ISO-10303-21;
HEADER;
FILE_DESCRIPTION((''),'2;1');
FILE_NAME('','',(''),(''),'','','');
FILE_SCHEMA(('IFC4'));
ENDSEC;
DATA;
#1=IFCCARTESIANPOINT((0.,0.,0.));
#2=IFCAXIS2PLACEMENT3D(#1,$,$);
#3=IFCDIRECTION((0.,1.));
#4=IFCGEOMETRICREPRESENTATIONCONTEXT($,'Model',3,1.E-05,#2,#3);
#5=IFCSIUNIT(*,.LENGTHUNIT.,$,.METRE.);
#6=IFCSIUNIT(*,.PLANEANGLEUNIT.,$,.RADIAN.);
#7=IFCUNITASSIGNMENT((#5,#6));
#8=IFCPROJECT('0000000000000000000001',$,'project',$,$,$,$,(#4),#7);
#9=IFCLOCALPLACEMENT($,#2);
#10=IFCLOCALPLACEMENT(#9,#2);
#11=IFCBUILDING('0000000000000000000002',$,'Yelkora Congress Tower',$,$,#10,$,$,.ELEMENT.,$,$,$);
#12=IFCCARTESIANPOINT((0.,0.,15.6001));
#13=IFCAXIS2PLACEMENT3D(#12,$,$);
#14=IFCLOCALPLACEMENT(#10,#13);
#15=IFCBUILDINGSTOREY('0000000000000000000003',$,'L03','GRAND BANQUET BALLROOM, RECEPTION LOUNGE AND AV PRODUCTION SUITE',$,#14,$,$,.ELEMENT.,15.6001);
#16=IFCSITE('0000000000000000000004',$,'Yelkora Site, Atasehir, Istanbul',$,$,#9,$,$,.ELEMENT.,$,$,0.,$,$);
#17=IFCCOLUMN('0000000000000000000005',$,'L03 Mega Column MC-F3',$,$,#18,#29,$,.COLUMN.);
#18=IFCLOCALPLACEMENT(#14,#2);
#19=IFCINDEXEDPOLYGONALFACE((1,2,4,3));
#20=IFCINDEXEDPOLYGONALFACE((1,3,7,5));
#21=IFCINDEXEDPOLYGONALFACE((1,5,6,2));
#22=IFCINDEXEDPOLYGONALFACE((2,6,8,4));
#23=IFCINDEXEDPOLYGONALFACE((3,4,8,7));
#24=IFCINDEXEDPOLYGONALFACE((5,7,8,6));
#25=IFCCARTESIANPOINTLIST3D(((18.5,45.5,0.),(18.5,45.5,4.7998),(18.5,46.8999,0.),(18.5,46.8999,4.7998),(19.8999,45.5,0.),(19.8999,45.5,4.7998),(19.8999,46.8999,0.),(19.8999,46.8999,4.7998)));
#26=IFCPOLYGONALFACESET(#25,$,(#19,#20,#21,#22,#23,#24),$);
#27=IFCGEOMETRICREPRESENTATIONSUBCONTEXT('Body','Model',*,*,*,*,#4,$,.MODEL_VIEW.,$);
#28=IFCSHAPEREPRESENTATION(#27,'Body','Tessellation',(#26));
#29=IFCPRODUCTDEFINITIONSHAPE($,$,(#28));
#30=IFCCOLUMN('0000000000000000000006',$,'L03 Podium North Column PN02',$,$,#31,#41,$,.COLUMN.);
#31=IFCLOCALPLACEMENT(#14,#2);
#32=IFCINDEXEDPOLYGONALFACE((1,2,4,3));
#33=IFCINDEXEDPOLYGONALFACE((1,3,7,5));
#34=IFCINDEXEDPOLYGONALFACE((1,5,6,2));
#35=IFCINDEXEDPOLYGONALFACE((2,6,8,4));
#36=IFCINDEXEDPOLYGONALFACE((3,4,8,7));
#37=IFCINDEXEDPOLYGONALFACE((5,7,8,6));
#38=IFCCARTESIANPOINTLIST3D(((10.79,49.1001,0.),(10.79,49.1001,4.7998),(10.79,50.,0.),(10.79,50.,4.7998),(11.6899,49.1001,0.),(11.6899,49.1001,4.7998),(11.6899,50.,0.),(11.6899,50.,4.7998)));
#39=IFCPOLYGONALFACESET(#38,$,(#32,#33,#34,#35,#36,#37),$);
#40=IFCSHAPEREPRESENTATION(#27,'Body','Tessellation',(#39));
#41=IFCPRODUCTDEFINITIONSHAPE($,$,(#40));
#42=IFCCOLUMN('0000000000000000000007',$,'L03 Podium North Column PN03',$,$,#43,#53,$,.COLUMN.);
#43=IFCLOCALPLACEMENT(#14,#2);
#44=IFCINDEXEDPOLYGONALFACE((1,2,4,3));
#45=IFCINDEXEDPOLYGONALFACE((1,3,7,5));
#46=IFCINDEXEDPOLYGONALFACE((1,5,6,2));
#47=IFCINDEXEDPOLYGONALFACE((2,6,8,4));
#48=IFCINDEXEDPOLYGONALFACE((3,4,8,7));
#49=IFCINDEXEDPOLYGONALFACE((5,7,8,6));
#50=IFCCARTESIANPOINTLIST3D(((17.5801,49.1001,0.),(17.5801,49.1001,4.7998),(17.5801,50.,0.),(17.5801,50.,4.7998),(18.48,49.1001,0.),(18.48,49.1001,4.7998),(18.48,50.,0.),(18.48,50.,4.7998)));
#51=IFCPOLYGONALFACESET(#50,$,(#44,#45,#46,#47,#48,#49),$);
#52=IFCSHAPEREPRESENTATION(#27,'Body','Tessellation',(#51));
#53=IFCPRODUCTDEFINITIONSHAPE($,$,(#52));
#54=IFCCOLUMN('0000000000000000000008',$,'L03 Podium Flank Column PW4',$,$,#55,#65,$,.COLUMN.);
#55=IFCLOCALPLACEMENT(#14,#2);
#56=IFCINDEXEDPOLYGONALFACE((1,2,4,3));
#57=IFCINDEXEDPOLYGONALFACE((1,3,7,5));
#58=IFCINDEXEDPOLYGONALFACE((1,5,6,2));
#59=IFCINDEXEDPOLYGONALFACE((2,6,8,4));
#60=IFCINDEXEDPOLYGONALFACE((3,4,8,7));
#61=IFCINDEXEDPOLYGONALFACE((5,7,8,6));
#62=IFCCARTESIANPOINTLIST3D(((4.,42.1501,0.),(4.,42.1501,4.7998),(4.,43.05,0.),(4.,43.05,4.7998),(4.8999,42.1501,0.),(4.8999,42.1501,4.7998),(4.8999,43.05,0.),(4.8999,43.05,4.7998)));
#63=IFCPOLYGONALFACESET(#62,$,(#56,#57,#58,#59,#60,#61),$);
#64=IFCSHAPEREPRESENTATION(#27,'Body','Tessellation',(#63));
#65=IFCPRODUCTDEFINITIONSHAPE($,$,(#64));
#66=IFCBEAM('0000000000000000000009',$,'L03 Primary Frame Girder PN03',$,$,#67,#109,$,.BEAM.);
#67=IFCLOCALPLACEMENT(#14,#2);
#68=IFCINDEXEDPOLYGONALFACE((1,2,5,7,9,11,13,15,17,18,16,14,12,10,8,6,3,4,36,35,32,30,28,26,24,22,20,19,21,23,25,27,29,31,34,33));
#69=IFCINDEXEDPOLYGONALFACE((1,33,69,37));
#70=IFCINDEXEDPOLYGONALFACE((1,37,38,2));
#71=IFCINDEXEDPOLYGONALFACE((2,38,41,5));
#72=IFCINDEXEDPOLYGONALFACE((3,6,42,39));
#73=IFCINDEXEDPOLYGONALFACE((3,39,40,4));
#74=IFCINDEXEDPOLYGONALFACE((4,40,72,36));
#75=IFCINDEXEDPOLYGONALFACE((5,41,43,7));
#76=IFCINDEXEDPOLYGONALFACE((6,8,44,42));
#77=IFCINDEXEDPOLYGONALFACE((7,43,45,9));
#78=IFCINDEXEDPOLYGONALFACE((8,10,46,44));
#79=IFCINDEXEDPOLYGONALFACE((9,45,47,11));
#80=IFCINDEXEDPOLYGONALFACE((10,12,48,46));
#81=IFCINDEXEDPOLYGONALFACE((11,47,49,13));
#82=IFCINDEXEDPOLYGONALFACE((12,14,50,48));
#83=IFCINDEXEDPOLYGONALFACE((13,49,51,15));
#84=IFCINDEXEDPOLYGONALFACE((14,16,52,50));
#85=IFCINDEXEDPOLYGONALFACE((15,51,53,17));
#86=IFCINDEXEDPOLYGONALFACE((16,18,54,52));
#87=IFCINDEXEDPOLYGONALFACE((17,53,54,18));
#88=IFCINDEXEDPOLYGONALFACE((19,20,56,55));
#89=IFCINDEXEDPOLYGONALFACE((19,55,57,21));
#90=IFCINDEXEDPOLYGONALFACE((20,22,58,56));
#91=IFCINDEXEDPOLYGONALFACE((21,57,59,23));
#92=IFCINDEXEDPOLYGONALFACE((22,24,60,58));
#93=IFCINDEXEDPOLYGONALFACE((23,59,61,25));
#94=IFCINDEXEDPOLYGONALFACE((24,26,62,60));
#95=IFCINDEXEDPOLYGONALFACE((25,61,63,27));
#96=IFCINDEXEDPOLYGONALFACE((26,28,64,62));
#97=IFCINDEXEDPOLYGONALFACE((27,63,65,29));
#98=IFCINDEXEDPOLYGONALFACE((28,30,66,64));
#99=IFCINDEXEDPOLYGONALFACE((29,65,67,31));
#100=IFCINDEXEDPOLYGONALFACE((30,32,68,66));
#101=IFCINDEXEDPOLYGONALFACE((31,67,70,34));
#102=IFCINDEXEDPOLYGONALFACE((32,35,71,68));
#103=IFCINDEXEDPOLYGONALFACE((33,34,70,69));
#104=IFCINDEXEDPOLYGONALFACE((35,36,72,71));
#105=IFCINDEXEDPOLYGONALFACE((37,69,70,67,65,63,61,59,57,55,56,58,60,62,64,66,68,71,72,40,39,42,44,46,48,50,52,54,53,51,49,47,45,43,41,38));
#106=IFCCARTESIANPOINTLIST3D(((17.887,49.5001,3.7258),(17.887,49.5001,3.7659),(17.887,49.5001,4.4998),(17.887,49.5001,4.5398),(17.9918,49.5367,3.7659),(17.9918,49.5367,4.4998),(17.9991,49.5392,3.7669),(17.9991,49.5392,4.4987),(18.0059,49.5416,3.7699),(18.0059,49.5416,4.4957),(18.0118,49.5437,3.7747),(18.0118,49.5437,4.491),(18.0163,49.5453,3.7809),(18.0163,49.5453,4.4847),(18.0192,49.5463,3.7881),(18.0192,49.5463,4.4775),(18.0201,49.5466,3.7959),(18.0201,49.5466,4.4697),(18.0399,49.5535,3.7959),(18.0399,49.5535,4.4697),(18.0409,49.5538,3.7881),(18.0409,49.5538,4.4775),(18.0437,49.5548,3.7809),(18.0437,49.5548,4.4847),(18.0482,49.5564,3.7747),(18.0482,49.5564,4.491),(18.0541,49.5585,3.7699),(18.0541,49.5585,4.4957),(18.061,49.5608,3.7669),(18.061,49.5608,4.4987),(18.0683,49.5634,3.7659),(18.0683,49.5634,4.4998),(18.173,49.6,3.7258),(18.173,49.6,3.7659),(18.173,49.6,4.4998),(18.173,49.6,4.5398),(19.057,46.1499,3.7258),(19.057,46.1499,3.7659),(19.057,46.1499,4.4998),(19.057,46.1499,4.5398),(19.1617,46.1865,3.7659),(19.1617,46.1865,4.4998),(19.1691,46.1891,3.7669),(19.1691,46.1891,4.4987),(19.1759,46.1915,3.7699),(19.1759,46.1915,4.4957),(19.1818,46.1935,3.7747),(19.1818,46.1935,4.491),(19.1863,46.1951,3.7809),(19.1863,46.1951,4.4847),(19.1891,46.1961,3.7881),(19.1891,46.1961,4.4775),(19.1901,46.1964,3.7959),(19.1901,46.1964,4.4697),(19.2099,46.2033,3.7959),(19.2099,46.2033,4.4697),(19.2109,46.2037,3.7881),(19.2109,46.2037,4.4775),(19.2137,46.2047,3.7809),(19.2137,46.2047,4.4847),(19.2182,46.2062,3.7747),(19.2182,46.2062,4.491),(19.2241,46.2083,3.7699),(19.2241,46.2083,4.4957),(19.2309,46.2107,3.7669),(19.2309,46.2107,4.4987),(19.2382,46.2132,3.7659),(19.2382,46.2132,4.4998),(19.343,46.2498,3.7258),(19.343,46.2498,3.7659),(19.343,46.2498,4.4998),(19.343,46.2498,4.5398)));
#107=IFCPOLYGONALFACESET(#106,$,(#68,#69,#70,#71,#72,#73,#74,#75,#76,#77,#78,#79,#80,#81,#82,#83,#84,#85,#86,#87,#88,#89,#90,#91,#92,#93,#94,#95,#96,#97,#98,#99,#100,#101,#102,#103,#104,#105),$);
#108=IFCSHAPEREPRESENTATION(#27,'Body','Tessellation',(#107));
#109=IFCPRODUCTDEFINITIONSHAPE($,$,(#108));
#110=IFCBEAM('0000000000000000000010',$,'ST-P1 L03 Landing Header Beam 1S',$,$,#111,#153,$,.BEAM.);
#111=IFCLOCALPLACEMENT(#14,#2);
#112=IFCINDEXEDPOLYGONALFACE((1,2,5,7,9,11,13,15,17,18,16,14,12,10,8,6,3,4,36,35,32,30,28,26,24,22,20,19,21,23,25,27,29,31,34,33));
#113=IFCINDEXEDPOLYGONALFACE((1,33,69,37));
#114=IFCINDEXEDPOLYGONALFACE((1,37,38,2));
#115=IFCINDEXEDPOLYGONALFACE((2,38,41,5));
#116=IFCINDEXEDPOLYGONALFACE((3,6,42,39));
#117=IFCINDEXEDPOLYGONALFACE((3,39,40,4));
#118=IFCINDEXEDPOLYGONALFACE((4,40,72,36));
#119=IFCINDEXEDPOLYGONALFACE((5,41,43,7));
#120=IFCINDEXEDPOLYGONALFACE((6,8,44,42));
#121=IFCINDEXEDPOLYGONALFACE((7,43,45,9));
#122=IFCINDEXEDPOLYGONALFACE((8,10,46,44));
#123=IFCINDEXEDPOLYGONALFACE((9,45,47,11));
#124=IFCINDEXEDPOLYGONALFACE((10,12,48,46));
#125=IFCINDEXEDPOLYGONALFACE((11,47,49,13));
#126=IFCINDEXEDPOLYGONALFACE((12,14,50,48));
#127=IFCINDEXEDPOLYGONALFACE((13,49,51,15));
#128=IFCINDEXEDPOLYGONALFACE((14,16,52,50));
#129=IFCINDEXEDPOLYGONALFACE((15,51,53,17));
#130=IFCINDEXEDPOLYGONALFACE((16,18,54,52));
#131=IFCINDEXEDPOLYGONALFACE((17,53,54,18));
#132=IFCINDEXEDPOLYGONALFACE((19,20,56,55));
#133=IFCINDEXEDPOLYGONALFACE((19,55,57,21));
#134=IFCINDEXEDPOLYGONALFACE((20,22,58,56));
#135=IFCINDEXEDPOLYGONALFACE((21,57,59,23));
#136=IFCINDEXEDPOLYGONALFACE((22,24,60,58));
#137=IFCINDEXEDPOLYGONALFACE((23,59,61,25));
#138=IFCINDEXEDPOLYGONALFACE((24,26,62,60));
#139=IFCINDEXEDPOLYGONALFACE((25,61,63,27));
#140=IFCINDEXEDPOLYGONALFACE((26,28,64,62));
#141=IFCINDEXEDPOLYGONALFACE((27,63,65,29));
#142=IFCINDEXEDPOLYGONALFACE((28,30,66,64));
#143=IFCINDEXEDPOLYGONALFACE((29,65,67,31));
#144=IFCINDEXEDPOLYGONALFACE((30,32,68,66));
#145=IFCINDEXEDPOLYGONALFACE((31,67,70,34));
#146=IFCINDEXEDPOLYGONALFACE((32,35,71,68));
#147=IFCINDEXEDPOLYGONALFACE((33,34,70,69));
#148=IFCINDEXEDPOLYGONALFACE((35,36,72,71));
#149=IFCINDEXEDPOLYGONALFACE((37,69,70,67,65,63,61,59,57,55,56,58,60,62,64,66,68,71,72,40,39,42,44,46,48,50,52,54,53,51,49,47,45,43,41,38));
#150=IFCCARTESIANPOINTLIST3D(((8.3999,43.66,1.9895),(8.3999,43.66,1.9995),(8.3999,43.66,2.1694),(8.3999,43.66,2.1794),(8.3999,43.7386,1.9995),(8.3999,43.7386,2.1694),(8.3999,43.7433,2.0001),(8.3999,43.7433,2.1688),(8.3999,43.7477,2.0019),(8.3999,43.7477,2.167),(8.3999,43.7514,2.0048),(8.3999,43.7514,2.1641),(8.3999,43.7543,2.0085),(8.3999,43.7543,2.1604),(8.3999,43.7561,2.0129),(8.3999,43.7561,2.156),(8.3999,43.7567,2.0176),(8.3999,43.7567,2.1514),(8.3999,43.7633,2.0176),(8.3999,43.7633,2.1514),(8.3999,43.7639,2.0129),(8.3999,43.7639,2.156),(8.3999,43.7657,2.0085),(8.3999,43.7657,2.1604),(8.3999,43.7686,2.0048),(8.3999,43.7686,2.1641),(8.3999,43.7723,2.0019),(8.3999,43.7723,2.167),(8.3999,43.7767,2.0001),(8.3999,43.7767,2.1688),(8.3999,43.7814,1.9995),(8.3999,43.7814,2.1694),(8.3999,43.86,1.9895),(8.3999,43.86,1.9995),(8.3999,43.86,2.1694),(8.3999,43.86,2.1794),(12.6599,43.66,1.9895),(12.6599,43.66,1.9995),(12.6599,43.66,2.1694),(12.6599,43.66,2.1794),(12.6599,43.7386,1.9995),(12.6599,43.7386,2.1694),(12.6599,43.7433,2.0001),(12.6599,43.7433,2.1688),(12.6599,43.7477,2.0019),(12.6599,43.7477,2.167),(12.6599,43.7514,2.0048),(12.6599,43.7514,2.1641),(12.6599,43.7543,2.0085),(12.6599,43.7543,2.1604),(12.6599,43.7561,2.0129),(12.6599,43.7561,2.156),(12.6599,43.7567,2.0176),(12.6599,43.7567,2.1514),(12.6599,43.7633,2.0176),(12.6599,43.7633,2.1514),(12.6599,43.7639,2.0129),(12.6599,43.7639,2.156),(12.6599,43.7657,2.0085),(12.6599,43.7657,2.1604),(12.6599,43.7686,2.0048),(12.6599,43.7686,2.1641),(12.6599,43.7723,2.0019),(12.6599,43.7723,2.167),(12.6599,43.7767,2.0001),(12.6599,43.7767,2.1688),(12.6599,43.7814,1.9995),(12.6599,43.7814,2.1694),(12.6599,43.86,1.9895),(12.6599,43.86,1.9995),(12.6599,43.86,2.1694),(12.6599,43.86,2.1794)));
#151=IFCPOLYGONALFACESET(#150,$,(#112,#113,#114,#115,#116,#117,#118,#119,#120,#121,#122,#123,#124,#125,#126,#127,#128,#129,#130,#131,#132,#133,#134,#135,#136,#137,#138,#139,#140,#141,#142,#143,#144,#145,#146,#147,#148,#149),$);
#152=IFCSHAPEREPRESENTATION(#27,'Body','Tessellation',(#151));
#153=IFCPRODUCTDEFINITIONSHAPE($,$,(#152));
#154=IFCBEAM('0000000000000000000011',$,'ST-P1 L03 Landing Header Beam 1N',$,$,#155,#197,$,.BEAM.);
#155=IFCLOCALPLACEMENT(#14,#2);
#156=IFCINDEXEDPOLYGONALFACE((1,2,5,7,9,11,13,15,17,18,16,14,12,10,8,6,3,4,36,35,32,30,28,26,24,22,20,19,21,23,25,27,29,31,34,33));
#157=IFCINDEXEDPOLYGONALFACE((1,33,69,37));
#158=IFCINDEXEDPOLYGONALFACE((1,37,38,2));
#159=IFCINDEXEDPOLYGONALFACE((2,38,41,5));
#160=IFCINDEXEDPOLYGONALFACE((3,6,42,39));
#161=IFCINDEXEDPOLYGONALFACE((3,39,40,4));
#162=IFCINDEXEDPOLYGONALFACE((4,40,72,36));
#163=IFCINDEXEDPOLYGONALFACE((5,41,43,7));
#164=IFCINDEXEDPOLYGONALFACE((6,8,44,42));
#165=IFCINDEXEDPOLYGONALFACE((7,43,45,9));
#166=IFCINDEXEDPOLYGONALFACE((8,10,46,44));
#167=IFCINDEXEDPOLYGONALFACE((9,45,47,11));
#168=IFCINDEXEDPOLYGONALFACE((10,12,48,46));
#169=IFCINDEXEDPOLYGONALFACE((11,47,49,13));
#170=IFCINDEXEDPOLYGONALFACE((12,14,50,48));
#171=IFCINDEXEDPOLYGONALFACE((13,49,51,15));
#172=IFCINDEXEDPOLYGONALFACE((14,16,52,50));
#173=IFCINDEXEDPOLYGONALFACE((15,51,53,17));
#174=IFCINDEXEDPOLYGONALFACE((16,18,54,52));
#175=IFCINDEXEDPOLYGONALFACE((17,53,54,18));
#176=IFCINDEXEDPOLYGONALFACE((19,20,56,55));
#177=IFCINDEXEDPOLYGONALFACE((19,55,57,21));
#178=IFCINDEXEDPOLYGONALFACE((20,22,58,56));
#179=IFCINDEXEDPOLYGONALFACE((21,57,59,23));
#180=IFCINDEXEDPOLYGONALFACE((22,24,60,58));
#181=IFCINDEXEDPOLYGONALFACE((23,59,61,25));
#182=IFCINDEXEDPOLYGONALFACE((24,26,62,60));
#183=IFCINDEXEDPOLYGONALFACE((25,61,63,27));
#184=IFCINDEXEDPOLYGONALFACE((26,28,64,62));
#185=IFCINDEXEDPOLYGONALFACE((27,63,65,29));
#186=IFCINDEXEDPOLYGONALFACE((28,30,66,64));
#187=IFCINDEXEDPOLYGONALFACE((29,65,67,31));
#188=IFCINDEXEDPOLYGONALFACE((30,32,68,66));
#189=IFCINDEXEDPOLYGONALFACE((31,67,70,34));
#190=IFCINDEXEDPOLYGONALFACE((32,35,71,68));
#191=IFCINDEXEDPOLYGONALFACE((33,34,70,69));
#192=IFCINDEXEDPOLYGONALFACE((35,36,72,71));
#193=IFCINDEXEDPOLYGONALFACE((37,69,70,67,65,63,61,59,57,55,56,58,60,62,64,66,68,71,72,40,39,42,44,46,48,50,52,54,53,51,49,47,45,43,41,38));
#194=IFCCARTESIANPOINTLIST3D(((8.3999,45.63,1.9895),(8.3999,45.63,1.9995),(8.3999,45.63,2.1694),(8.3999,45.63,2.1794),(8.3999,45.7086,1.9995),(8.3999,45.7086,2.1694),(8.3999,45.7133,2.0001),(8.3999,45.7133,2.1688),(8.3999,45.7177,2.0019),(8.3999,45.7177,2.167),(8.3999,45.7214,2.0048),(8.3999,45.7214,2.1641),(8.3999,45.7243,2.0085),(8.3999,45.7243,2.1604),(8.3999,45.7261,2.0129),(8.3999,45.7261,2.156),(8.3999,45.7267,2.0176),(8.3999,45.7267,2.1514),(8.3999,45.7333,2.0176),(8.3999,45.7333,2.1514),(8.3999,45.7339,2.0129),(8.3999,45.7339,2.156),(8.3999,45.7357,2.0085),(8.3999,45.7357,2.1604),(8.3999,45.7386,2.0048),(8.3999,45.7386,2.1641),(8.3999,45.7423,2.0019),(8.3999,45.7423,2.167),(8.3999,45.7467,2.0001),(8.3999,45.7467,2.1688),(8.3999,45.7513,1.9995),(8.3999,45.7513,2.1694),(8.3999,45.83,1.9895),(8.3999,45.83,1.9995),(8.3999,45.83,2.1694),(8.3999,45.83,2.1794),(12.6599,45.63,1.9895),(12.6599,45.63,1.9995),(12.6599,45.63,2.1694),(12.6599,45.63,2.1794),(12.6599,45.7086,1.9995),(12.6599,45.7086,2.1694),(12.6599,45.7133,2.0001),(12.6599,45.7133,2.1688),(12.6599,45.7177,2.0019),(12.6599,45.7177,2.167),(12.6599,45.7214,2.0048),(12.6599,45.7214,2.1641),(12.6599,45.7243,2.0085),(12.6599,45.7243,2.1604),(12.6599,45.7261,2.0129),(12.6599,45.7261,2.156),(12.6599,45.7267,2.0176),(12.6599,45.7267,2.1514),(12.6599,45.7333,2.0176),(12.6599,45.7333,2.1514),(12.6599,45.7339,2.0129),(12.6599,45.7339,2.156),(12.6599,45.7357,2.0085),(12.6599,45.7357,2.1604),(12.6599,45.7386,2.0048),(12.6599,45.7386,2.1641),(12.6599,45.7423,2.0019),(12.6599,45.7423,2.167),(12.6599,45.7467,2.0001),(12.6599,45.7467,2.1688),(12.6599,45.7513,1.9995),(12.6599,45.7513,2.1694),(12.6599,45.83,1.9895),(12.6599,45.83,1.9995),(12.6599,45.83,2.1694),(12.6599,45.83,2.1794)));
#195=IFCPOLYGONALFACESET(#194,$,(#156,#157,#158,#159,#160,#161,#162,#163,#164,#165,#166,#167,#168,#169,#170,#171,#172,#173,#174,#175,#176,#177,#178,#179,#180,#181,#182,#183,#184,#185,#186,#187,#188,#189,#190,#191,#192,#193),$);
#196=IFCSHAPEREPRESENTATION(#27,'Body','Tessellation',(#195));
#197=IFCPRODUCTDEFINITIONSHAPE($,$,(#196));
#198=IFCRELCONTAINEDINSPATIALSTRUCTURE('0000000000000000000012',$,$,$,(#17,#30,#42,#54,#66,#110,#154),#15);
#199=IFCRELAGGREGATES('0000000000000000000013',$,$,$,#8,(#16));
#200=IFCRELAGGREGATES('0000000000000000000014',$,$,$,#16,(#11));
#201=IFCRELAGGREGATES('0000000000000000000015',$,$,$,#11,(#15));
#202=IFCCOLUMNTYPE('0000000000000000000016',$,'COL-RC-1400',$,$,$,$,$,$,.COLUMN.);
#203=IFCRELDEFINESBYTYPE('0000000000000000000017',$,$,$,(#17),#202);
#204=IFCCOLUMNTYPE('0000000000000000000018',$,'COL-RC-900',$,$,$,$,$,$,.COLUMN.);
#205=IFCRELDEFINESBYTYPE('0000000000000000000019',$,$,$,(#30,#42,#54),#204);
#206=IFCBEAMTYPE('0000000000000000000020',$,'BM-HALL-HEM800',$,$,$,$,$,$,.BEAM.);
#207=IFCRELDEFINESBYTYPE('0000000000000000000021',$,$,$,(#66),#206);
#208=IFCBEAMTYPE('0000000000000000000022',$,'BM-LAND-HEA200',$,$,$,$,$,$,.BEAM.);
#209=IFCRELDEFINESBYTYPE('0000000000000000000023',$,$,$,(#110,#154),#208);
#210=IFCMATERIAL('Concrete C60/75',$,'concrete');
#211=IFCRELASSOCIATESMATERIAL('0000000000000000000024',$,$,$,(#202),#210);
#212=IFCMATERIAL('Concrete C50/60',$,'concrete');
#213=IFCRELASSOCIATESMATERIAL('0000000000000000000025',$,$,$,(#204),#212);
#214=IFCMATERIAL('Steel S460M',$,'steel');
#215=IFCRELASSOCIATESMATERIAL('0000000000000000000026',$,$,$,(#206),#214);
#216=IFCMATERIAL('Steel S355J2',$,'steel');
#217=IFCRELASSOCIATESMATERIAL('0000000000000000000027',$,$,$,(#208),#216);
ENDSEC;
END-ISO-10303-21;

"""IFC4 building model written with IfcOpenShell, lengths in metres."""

from ifc_helpers import new_model, si_unit, direction, frame, origin, origin_2d, place, context, subcontext, project, spatial, rectangle, i_section, extrude, material, material_profile, profile_set, type_object, element, save


model = new_model("IFC4")

# Units and contexts
model_context = context("Model", 3, precision=1e-05, world=origin(), true_north=direction((0.0, 1.0)))
body_context = subcontext(model_context, "Body", "Model", "MODEL_VIEW")
ifc_project = project(units=[si_unit("LENGTHUNIT", "METRE"), si_unit("PLANEANGLEUNIT", "RADIAN")], contexts=[model_context])

# Site, building, storey
site_placement = place(None, origin())
site = spatial("IfcSite", under=ifc_project, at=site_placement, Name="Yelkora Site, Atasehir, Istanbul", CompositionType="ELEMENT", RefElevation=0.0)
building_placement = place(site_placement, origin())
building = spatial("IfcBuilding", under=site, at=building_placement, Name="Yelkora Congress Tower", CompositionType="ELEMENT")
storey_placement = place(building_placement, frame((0.0, 0.0, 15.6001)))
storey = spatial("IfcBuildingStorey", under=building, at=storey_placement, Name="L03", Description="GRAND BANQUET BALLROOM, RECEPTION LOUNGE AND AV PRODUCTION SUITE", CompositionType="ELEMENT", Elevation=15.6001)

# Columns
ifc_material_1 = material(Name="Concrete C60/75", Category="concrete")
ifc_material_profile_1 = material_profile(ifc_material_1, rectangle(XDim=1.3999, YDim=1.3999, at=origin_2d()), Name="RC 1400x1400")
ifc_profile_set_1 = profile_set([ifc_material_profile_1], Name="Concrete C60/75")
column_type_1 = type_object("IfcColumnType", Name="COL-RC-1400", PredefinedType="COLUMN", material=ifc_profile_set_1)
column_placement = place(storey_placement, frame((19.2, 46.2, 0.0), z_axis=(0.0, 0.0, 1.0), x_axis=(1.0, 0.0, 0.0)))
element("IfcColumn", 1, at=column_placement, inside=storey, type_object=column_type_1, Name="L03 Mega Column MC-F3", PredefinedType="COLUMN", context=body_context, shape_type="SweptSolid", body=[
    extrude(rectangle(XDim=1.3999, YDim=1.3999, at=origin_2d()), origin(), (0.0, 0.0, 1.0), 4.7998),
])
ifc_material_2 = material(Name="Concrete C50/60", Category="concrete")
ifc_material_profile_2 = material_profile(ifc_material_2, rectangle(XDim=0.8999, YDim=0.8999, at=origin_2d()), Name="RC 900x900")
ifc_profile_set_2 = profile_set([ifc_material_profile_2], Name="Concrete C50/60")
column_type_2 = type_object("IfcColumnType", Name="COL-RC-900", PredefinedType="COLUMN", material=ifc_profile_set_2)
for number, where, z_axis, x_axis, name in (
    (2, (11.24, 49.55, 0.0), (0.0, 0.0, 1.0), (1.0, 0.0, 0.0), "L03 Podium North Column PN02"),
    (3, (18.03, 49.55, 0.0), (0.0, 0.0, 1.0), (1.0, 0.0, 0.0), "L03 Podium North Column PN03"),
    (4, (4.45, 42.6001, 0.0), (0.0, 0.0, 1.0), (1.0, 0.0, 0.0), "L03 Podium Flank Column PW4"),
):
    element("IfcColumn", number, at=place(storey_placement, frame(where, z_axis=z_axis, x_axis=x_axis)), inside=storey, type_object=column_type_2, Name=name, PredefinedType="COLUMN", context=body_context, shape_type="SweptSolid", body=[
        extrude(rectangle(XDim=0.8999, YDim=0.8999, at=origin_2d()), origin(), (0.0, 0.0, 1.0), 4.7998),
    ])

# Beams
ifc_material_3 = material(Name="Steel S460M", Category="steel")
ifc_material_profile_3 = material_profile(ifc_material_3, i_section(OverallWidth=0.303, OverallDepth=0.814, WebThickness=0.021, FlangeThickness=0.04, FilletRadius=0.03, at=origin_2d()), Name="HEM 800")
ifc_profile_set_3 = profile_set([ifc_material_profile_3], Name="Steel S460M")
beam_type_1 = type_object("IfcBeamType", Name="BM-HALL-HEM800", PredefinedType="BEAM", material=ifc_profile_set_3)
beam_1_placement = place(storey_placement, frame((18.03, 49.55, 4.1328), z_axis=(0.329695, -0.944088, 0.0), x_axis=(0.944088, 0.329695, 0.0)))
element("IfcBeam", 5, at=beam_1_placement, inside=storey, type_object=beam_type_1, Name="L03 Primary Frame Girder PN03", PredefinedType="BEAM", context=body_context, shape_type="SweptSolid", body=[
    extrude(i_section(OverallWidth=0.303, OverallDepth=0.814, WebThickness=0.021, FlangeThickness=0.04, FilletRadius=0.03, at=origin_2d()), origin(), (0.0, 0.0, 1.0), 3.5486),
])
ifc_material_4 = material(Name="Steel S355J2", Category="steel")
ifc_material_profile_4 = material_profile(ifc_material_4, i_section(OverallWidth=0.2, OverallDepth=0.1899, WebThickness=0.0066, FlangeThickness=0.01, FilletRadius=0.0181, at=origin_2d()), Name="HEA 200")
ifc_profile_set_4 = profile_set([ifc_material_profile_4], Name="Steel S355J2")
beam_type_2 = type_object("IfcBeamType", Name="BM-LAND-HEA200", PredefinedType="BEAM", material=ifc_profile_set_4)
for number, where, z_axis, x_axis, name in (
    (6, (8.3999, 43.76, 2.0845), (1.0, 0.0, 0.0), (0.0, 1.0, 0.0), "ST-P1 L03 Landing Header Beam 1S"),
    (7, (8.3999, 45.73, 2.0845), (1.0, 0.0, 0.0), (0.0, 1.0, 0.0), "ST-P1 L03 Landing Header Beam 1N"),
):
    element("IfcBeam", number, at=place(storey_placement, frame(where, z_axis=z_axis, x_axis=x_axis)), inside=storey, type_object=beam_type_2, Name=name, PredefinedType="BEAM", context=body_context, shape_type="SweptSolid", body=[
        extrude(i_section(OverallWidth=0.2, OverallDepth=0.1899, WebThickness=0.0066, FlangeThickness=0.01, FilletRadius=0.0181, at=origin_2d()), origin(), (0.0, 0.0, 1.0), 4.26),
    ])

save(model, "model.ifc")
